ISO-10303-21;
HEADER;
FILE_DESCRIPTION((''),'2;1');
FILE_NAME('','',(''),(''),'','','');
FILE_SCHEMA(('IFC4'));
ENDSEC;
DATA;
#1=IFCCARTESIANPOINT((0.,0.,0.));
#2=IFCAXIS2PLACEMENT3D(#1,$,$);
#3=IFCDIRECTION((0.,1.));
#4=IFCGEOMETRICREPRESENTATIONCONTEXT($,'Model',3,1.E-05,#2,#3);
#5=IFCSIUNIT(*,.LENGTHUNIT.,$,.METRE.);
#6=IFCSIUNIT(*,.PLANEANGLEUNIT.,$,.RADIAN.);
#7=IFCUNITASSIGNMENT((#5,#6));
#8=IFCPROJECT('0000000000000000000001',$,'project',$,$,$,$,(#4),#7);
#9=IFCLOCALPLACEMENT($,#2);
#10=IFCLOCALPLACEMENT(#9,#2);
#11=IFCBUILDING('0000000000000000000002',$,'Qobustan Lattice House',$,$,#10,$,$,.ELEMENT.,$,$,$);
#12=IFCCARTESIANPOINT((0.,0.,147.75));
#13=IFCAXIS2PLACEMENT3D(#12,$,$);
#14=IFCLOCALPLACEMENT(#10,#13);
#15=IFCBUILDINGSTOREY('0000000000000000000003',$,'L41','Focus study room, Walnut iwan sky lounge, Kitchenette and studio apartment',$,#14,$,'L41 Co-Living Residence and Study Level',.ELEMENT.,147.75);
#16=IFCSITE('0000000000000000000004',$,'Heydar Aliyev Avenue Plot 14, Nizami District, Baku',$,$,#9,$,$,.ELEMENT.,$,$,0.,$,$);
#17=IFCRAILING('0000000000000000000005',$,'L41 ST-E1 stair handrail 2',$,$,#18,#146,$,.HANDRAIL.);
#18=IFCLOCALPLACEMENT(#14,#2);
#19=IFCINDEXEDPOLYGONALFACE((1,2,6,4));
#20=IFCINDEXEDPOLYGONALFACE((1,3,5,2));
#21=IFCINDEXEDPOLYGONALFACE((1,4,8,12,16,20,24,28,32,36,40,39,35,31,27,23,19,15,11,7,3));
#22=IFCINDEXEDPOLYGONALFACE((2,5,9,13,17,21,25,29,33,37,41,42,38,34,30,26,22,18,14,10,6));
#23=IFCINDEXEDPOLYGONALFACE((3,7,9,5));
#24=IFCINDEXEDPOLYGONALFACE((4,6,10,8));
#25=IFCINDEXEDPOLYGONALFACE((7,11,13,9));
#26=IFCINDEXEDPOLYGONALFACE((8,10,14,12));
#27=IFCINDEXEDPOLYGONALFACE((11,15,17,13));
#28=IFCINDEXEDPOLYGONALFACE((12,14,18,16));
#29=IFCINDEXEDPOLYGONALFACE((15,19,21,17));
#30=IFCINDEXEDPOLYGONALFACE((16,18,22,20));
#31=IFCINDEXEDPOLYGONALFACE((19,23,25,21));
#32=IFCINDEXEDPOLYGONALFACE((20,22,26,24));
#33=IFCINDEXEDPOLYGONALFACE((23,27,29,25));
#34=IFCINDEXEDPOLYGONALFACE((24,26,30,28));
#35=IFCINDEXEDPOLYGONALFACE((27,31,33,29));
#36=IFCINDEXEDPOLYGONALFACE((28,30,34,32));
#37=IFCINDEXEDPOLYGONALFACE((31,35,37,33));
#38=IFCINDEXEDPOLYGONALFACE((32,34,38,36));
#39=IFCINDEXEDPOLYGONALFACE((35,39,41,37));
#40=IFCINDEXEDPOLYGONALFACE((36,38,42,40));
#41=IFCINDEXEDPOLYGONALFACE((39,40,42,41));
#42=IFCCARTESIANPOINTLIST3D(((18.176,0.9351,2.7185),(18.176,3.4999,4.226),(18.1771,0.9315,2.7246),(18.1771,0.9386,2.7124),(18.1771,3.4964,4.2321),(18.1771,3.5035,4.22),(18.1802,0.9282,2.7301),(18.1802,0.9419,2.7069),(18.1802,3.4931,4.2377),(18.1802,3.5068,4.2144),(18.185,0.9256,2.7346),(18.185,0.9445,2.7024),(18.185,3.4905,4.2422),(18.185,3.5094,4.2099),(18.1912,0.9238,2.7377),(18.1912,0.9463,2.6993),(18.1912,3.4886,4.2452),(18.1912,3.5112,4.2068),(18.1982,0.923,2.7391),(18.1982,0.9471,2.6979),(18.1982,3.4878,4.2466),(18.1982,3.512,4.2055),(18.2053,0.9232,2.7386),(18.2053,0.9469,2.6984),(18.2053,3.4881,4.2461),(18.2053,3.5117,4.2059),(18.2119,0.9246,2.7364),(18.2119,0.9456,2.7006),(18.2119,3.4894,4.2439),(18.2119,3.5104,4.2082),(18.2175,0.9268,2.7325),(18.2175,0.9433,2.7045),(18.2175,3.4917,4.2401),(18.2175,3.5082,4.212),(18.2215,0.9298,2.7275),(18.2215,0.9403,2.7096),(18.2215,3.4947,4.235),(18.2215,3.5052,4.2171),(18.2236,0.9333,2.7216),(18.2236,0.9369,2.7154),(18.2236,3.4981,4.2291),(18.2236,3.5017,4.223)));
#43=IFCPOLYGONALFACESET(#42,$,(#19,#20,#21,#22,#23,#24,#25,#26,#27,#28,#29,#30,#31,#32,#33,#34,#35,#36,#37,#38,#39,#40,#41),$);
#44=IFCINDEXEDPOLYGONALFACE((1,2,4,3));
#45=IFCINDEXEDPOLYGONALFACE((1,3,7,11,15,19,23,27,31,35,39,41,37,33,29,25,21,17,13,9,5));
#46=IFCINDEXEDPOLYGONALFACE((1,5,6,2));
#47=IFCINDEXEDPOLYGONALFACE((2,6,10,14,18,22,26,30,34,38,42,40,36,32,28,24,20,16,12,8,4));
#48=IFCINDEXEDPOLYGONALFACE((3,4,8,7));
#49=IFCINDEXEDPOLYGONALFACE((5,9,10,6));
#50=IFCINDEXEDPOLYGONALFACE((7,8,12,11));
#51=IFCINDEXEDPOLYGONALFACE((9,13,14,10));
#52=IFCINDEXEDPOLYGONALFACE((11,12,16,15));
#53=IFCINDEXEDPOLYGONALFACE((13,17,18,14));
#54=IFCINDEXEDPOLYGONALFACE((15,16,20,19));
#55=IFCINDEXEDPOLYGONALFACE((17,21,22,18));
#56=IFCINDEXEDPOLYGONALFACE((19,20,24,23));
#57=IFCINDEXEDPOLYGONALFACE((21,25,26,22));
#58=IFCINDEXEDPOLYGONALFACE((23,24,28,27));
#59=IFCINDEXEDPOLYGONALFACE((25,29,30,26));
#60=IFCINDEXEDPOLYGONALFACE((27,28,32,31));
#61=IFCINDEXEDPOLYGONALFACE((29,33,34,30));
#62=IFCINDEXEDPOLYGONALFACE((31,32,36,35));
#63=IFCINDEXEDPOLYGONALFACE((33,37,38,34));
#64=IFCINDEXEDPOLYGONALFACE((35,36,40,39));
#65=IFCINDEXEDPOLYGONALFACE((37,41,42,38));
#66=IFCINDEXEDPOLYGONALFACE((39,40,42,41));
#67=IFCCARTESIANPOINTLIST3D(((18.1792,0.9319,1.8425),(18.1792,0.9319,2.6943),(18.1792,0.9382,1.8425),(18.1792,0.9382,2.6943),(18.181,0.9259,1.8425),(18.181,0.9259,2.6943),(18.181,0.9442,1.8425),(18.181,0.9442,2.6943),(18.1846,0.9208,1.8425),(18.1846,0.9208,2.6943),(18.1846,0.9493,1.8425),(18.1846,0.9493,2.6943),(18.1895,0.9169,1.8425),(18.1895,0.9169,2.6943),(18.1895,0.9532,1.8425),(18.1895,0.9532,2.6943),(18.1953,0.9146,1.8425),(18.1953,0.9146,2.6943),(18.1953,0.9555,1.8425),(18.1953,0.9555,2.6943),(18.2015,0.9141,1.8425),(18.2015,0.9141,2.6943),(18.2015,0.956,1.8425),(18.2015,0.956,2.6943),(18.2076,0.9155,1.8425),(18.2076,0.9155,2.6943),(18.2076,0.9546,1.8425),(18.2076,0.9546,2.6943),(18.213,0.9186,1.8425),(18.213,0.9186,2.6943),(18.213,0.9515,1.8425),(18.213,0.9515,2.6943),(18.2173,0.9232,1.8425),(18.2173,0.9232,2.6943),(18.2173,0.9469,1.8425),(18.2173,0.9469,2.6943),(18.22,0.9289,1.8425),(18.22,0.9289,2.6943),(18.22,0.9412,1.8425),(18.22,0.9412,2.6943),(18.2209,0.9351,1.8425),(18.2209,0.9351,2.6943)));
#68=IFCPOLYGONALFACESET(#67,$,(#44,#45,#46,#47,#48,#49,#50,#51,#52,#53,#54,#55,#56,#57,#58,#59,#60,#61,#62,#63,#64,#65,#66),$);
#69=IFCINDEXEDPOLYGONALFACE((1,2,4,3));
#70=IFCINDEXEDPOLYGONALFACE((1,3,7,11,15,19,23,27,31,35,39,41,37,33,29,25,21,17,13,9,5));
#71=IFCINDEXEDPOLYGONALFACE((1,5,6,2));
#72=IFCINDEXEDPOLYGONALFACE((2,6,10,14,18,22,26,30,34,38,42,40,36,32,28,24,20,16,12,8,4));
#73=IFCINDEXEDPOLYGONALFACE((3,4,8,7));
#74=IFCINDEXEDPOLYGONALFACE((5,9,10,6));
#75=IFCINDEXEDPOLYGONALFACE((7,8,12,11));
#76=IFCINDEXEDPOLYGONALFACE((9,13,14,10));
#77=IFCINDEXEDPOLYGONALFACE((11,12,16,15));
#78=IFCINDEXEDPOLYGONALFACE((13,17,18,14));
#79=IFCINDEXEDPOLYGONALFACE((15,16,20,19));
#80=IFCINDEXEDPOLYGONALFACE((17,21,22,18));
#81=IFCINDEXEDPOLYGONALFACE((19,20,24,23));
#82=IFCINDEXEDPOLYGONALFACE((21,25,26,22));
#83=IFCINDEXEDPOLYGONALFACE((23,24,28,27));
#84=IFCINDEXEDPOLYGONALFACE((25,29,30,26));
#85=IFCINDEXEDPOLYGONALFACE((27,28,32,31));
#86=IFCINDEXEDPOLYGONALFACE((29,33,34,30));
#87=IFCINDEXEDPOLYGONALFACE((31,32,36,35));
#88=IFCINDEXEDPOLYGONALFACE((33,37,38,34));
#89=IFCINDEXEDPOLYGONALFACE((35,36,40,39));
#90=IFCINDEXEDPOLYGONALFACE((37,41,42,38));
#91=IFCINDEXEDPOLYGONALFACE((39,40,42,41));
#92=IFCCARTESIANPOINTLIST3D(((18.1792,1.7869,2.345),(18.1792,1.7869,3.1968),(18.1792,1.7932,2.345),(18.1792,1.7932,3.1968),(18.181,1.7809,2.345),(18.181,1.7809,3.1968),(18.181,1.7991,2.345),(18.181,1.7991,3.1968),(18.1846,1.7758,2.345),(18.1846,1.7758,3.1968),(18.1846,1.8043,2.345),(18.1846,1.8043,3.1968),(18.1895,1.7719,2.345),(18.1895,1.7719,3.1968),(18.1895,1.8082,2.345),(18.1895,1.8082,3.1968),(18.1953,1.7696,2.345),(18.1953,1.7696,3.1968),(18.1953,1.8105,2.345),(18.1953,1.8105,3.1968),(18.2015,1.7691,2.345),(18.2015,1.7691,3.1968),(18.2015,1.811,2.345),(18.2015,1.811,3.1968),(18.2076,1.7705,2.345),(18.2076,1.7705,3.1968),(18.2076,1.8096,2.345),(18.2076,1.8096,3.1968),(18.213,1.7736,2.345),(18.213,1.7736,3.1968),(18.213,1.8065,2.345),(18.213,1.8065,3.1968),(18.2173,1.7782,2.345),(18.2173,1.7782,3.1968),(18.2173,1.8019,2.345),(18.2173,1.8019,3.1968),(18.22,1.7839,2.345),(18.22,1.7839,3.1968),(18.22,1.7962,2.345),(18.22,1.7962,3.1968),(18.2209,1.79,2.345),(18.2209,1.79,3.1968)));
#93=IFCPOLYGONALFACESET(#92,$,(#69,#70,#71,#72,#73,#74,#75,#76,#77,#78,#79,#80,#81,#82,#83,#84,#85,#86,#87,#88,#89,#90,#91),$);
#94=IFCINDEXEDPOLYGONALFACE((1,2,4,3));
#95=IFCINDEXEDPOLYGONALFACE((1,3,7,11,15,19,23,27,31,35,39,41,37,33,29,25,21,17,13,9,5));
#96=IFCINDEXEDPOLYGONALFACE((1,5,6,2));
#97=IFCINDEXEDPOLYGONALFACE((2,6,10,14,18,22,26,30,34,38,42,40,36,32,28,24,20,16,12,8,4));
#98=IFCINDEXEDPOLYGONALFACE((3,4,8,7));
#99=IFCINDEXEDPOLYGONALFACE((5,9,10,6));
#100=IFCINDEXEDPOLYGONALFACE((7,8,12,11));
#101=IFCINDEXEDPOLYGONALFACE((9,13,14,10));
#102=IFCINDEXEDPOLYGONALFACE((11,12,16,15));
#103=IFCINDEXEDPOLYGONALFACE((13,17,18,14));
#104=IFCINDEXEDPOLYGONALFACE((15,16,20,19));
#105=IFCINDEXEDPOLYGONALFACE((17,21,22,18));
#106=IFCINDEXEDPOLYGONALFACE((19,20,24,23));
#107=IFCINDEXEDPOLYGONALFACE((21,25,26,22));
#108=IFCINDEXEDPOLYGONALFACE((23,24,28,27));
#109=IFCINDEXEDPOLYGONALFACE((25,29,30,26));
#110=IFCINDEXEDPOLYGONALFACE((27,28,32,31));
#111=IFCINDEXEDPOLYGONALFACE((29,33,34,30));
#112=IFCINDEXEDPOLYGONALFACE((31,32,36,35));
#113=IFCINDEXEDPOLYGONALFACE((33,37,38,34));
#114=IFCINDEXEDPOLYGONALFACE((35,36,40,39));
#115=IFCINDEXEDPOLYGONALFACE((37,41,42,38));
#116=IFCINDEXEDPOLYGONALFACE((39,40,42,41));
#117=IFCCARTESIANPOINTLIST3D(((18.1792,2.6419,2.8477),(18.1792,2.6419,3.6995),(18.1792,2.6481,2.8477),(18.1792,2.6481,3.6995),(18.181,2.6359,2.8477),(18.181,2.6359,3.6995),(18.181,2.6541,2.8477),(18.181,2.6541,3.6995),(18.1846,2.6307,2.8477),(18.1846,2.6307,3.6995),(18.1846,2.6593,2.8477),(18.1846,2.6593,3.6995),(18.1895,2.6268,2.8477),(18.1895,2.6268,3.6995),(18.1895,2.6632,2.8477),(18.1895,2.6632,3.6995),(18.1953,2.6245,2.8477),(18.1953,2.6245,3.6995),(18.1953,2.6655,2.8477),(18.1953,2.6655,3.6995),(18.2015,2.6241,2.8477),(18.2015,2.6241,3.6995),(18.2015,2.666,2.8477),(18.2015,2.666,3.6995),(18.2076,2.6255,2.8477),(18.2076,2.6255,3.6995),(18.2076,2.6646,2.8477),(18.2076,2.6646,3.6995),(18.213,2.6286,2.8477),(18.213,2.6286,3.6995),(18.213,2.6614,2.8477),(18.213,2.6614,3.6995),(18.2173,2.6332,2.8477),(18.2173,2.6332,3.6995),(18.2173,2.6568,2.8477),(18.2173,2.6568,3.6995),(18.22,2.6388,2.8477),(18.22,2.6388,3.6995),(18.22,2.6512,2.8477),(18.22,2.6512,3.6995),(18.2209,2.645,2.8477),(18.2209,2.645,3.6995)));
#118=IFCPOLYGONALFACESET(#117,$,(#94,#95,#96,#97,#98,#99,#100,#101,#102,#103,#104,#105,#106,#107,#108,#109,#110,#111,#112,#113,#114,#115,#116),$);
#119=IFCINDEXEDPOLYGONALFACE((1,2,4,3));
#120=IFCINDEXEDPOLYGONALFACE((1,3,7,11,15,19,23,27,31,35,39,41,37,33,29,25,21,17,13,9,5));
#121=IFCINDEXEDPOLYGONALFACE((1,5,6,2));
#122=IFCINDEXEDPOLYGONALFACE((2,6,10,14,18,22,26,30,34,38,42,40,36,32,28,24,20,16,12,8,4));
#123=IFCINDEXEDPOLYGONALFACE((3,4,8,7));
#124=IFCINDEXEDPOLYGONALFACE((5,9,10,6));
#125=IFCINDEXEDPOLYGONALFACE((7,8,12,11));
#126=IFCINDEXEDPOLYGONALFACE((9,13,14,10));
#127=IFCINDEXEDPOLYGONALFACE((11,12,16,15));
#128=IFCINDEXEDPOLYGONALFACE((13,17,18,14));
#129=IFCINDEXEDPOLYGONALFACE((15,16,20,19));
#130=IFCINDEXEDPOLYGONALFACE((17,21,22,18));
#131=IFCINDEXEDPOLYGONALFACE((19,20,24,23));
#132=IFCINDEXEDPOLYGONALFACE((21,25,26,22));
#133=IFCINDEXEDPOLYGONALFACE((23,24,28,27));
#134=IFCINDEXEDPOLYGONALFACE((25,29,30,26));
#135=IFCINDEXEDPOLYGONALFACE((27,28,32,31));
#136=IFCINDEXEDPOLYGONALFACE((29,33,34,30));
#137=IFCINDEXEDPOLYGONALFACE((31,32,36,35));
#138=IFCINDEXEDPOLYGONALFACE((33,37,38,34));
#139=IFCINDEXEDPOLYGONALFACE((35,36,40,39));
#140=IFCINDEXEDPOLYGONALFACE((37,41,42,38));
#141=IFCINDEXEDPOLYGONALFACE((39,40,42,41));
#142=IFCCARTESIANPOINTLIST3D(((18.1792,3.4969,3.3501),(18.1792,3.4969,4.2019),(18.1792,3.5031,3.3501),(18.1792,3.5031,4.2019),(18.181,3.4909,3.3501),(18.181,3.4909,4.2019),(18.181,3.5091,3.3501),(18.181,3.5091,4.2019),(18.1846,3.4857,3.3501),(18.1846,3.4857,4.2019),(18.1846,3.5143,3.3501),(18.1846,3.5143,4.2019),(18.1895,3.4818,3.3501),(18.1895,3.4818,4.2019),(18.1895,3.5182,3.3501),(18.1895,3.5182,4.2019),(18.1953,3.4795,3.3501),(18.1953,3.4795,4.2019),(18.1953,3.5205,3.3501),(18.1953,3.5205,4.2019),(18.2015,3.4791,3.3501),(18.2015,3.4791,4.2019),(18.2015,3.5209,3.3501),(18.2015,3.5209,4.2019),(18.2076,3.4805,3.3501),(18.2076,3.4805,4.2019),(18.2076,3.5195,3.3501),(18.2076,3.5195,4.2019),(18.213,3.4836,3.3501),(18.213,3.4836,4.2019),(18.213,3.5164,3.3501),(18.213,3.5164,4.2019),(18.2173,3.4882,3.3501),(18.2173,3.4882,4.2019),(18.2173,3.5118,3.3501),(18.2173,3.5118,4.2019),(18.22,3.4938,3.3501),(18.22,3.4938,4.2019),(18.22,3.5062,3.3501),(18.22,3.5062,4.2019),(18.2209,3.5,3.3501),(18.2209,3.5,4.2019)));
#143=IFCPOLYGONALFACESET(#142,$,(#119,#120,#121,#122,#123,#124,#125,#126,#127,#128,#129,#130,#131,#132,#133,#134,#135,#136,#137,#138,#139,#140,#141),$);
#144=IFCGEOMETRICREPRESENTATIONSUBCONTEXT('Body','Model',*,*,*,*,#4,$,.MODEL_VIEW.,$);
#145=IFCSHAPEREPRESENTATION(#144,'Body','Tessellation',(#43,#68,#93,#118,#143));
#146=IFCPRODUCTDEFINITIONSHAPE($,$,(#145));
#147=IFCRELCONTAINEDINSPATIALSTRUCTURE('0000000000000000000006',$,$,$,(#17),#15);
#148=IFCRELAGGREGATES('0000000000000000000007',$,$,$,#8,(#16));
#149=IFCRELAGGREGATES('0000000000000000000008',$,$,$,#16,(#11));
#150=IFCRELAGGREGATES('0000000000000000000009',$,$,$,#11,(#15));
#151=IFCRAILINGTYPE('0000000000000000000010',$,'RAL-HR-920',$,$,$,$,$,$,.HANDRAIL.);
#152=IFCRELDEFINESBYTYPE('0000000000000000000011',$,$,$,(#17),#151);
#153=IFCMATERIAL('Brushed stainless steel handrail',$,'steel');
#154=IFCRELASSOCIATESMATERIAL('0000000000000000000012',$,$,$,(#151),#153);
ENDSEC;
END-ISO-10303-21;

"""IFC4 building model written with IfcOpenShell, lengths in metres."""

from ifc_helpers import new_model, si_unit, direction, frame, origin, origin_2d, place, context, subcontext, project, spatial, circle, extrude, material, type_object, element, save


model = new_model("IFC4")

# Units and contexts
model_context = context("Model", 3, precision=1e-05, world=origin(), true_north=direction((0.0, 1.0)))
body_context = subcontext(model_context, "Body", "Model", "MODEL_VIEW")
ifc_project = project(units=[si_unit("LENGTHUNIT", "METRE"), si_unit("PLANEANGLEUNIT", "RADIAN")], contexts=[model_context])

# Site, building, storey
site_placement = place(None, origin())
site = spatial("IfcSite", under=ifc_project, at=site_placement, Name="Heydar Aliyev Avenue Plot 14, Nizami District, Baku", CompositionType="ELEMENT", RefElevation=0.0)
building_placement = place(site_placement, origin())
building = spatial("IfcBuilding", under=site, at=building_placement, Name="Qobustan Lattice House", CompositionType="ELEMENT")
storey_placement = place(building_placement, frame((0.0, 0.0, 147.75)))
storey = spatial("IfcBuildingStorey", under=building, at=storey_placement, Name="L41", Description="Focus study room, Walnut iwan sky lounge, Kitchenette and studio apartment", LongName="L41 Co-Living Residence and Study Level", CompositionType="ELEMENT", Elevation=147.75)

# Railing
ifc_material_1 = material(Name="Brushed stainless steel handrail", Category="steel")
railing_type_1 = type_object("IfcRailingType", Name="RAL-HR-920", PredefinedType="HANDRAIL", material=ifc_material_1)
railing_1_placement = place(storey_placement, frame((18.2, 0.9351, 1.8425)))
element("IfcRailing", 1, at=railing_1_placement, inside=storey, type_object=railing_type_1, Name="L41 ST-E1 stair handrail 2", PredefinedType="HANDRAIL", context=body_context, shape_type="SweptSolid", body=[
    extrude(circle(Radius=0.0239, at=origin_2d()), frame((0.0, 0.0, 0.876), z_axis=(0.0, 0.862113, 0.506715), x_axis=(-1.0, 0.0, 0.0)), (0.0, 0.0, 1.0), 2.9751),
    extrude(circle(Radius=0.021, at=origin_2d()), origin(), (0.0, 0.0, 1.0), 0.8518),
    extrude(circle(Radius=0.021, at=origin_2d()), frame((0.0, 0.855, 0.5024)), (0.0, 0.0, 1.0), 0.8518),
    extrude(circle(Radius=0.021, at=origin_2d()), frame((0.0, 1.71, 1.0051)), (0.0, 0.0, 1.0), 0.8518),
    extrude(circle(Radius=0.021, at=origin_2d()), frame((0.0, 2.5649, 1.5076)), (0.0, 0.0, 1.0), 0.8518),
])

save(model, "model.ifc")
